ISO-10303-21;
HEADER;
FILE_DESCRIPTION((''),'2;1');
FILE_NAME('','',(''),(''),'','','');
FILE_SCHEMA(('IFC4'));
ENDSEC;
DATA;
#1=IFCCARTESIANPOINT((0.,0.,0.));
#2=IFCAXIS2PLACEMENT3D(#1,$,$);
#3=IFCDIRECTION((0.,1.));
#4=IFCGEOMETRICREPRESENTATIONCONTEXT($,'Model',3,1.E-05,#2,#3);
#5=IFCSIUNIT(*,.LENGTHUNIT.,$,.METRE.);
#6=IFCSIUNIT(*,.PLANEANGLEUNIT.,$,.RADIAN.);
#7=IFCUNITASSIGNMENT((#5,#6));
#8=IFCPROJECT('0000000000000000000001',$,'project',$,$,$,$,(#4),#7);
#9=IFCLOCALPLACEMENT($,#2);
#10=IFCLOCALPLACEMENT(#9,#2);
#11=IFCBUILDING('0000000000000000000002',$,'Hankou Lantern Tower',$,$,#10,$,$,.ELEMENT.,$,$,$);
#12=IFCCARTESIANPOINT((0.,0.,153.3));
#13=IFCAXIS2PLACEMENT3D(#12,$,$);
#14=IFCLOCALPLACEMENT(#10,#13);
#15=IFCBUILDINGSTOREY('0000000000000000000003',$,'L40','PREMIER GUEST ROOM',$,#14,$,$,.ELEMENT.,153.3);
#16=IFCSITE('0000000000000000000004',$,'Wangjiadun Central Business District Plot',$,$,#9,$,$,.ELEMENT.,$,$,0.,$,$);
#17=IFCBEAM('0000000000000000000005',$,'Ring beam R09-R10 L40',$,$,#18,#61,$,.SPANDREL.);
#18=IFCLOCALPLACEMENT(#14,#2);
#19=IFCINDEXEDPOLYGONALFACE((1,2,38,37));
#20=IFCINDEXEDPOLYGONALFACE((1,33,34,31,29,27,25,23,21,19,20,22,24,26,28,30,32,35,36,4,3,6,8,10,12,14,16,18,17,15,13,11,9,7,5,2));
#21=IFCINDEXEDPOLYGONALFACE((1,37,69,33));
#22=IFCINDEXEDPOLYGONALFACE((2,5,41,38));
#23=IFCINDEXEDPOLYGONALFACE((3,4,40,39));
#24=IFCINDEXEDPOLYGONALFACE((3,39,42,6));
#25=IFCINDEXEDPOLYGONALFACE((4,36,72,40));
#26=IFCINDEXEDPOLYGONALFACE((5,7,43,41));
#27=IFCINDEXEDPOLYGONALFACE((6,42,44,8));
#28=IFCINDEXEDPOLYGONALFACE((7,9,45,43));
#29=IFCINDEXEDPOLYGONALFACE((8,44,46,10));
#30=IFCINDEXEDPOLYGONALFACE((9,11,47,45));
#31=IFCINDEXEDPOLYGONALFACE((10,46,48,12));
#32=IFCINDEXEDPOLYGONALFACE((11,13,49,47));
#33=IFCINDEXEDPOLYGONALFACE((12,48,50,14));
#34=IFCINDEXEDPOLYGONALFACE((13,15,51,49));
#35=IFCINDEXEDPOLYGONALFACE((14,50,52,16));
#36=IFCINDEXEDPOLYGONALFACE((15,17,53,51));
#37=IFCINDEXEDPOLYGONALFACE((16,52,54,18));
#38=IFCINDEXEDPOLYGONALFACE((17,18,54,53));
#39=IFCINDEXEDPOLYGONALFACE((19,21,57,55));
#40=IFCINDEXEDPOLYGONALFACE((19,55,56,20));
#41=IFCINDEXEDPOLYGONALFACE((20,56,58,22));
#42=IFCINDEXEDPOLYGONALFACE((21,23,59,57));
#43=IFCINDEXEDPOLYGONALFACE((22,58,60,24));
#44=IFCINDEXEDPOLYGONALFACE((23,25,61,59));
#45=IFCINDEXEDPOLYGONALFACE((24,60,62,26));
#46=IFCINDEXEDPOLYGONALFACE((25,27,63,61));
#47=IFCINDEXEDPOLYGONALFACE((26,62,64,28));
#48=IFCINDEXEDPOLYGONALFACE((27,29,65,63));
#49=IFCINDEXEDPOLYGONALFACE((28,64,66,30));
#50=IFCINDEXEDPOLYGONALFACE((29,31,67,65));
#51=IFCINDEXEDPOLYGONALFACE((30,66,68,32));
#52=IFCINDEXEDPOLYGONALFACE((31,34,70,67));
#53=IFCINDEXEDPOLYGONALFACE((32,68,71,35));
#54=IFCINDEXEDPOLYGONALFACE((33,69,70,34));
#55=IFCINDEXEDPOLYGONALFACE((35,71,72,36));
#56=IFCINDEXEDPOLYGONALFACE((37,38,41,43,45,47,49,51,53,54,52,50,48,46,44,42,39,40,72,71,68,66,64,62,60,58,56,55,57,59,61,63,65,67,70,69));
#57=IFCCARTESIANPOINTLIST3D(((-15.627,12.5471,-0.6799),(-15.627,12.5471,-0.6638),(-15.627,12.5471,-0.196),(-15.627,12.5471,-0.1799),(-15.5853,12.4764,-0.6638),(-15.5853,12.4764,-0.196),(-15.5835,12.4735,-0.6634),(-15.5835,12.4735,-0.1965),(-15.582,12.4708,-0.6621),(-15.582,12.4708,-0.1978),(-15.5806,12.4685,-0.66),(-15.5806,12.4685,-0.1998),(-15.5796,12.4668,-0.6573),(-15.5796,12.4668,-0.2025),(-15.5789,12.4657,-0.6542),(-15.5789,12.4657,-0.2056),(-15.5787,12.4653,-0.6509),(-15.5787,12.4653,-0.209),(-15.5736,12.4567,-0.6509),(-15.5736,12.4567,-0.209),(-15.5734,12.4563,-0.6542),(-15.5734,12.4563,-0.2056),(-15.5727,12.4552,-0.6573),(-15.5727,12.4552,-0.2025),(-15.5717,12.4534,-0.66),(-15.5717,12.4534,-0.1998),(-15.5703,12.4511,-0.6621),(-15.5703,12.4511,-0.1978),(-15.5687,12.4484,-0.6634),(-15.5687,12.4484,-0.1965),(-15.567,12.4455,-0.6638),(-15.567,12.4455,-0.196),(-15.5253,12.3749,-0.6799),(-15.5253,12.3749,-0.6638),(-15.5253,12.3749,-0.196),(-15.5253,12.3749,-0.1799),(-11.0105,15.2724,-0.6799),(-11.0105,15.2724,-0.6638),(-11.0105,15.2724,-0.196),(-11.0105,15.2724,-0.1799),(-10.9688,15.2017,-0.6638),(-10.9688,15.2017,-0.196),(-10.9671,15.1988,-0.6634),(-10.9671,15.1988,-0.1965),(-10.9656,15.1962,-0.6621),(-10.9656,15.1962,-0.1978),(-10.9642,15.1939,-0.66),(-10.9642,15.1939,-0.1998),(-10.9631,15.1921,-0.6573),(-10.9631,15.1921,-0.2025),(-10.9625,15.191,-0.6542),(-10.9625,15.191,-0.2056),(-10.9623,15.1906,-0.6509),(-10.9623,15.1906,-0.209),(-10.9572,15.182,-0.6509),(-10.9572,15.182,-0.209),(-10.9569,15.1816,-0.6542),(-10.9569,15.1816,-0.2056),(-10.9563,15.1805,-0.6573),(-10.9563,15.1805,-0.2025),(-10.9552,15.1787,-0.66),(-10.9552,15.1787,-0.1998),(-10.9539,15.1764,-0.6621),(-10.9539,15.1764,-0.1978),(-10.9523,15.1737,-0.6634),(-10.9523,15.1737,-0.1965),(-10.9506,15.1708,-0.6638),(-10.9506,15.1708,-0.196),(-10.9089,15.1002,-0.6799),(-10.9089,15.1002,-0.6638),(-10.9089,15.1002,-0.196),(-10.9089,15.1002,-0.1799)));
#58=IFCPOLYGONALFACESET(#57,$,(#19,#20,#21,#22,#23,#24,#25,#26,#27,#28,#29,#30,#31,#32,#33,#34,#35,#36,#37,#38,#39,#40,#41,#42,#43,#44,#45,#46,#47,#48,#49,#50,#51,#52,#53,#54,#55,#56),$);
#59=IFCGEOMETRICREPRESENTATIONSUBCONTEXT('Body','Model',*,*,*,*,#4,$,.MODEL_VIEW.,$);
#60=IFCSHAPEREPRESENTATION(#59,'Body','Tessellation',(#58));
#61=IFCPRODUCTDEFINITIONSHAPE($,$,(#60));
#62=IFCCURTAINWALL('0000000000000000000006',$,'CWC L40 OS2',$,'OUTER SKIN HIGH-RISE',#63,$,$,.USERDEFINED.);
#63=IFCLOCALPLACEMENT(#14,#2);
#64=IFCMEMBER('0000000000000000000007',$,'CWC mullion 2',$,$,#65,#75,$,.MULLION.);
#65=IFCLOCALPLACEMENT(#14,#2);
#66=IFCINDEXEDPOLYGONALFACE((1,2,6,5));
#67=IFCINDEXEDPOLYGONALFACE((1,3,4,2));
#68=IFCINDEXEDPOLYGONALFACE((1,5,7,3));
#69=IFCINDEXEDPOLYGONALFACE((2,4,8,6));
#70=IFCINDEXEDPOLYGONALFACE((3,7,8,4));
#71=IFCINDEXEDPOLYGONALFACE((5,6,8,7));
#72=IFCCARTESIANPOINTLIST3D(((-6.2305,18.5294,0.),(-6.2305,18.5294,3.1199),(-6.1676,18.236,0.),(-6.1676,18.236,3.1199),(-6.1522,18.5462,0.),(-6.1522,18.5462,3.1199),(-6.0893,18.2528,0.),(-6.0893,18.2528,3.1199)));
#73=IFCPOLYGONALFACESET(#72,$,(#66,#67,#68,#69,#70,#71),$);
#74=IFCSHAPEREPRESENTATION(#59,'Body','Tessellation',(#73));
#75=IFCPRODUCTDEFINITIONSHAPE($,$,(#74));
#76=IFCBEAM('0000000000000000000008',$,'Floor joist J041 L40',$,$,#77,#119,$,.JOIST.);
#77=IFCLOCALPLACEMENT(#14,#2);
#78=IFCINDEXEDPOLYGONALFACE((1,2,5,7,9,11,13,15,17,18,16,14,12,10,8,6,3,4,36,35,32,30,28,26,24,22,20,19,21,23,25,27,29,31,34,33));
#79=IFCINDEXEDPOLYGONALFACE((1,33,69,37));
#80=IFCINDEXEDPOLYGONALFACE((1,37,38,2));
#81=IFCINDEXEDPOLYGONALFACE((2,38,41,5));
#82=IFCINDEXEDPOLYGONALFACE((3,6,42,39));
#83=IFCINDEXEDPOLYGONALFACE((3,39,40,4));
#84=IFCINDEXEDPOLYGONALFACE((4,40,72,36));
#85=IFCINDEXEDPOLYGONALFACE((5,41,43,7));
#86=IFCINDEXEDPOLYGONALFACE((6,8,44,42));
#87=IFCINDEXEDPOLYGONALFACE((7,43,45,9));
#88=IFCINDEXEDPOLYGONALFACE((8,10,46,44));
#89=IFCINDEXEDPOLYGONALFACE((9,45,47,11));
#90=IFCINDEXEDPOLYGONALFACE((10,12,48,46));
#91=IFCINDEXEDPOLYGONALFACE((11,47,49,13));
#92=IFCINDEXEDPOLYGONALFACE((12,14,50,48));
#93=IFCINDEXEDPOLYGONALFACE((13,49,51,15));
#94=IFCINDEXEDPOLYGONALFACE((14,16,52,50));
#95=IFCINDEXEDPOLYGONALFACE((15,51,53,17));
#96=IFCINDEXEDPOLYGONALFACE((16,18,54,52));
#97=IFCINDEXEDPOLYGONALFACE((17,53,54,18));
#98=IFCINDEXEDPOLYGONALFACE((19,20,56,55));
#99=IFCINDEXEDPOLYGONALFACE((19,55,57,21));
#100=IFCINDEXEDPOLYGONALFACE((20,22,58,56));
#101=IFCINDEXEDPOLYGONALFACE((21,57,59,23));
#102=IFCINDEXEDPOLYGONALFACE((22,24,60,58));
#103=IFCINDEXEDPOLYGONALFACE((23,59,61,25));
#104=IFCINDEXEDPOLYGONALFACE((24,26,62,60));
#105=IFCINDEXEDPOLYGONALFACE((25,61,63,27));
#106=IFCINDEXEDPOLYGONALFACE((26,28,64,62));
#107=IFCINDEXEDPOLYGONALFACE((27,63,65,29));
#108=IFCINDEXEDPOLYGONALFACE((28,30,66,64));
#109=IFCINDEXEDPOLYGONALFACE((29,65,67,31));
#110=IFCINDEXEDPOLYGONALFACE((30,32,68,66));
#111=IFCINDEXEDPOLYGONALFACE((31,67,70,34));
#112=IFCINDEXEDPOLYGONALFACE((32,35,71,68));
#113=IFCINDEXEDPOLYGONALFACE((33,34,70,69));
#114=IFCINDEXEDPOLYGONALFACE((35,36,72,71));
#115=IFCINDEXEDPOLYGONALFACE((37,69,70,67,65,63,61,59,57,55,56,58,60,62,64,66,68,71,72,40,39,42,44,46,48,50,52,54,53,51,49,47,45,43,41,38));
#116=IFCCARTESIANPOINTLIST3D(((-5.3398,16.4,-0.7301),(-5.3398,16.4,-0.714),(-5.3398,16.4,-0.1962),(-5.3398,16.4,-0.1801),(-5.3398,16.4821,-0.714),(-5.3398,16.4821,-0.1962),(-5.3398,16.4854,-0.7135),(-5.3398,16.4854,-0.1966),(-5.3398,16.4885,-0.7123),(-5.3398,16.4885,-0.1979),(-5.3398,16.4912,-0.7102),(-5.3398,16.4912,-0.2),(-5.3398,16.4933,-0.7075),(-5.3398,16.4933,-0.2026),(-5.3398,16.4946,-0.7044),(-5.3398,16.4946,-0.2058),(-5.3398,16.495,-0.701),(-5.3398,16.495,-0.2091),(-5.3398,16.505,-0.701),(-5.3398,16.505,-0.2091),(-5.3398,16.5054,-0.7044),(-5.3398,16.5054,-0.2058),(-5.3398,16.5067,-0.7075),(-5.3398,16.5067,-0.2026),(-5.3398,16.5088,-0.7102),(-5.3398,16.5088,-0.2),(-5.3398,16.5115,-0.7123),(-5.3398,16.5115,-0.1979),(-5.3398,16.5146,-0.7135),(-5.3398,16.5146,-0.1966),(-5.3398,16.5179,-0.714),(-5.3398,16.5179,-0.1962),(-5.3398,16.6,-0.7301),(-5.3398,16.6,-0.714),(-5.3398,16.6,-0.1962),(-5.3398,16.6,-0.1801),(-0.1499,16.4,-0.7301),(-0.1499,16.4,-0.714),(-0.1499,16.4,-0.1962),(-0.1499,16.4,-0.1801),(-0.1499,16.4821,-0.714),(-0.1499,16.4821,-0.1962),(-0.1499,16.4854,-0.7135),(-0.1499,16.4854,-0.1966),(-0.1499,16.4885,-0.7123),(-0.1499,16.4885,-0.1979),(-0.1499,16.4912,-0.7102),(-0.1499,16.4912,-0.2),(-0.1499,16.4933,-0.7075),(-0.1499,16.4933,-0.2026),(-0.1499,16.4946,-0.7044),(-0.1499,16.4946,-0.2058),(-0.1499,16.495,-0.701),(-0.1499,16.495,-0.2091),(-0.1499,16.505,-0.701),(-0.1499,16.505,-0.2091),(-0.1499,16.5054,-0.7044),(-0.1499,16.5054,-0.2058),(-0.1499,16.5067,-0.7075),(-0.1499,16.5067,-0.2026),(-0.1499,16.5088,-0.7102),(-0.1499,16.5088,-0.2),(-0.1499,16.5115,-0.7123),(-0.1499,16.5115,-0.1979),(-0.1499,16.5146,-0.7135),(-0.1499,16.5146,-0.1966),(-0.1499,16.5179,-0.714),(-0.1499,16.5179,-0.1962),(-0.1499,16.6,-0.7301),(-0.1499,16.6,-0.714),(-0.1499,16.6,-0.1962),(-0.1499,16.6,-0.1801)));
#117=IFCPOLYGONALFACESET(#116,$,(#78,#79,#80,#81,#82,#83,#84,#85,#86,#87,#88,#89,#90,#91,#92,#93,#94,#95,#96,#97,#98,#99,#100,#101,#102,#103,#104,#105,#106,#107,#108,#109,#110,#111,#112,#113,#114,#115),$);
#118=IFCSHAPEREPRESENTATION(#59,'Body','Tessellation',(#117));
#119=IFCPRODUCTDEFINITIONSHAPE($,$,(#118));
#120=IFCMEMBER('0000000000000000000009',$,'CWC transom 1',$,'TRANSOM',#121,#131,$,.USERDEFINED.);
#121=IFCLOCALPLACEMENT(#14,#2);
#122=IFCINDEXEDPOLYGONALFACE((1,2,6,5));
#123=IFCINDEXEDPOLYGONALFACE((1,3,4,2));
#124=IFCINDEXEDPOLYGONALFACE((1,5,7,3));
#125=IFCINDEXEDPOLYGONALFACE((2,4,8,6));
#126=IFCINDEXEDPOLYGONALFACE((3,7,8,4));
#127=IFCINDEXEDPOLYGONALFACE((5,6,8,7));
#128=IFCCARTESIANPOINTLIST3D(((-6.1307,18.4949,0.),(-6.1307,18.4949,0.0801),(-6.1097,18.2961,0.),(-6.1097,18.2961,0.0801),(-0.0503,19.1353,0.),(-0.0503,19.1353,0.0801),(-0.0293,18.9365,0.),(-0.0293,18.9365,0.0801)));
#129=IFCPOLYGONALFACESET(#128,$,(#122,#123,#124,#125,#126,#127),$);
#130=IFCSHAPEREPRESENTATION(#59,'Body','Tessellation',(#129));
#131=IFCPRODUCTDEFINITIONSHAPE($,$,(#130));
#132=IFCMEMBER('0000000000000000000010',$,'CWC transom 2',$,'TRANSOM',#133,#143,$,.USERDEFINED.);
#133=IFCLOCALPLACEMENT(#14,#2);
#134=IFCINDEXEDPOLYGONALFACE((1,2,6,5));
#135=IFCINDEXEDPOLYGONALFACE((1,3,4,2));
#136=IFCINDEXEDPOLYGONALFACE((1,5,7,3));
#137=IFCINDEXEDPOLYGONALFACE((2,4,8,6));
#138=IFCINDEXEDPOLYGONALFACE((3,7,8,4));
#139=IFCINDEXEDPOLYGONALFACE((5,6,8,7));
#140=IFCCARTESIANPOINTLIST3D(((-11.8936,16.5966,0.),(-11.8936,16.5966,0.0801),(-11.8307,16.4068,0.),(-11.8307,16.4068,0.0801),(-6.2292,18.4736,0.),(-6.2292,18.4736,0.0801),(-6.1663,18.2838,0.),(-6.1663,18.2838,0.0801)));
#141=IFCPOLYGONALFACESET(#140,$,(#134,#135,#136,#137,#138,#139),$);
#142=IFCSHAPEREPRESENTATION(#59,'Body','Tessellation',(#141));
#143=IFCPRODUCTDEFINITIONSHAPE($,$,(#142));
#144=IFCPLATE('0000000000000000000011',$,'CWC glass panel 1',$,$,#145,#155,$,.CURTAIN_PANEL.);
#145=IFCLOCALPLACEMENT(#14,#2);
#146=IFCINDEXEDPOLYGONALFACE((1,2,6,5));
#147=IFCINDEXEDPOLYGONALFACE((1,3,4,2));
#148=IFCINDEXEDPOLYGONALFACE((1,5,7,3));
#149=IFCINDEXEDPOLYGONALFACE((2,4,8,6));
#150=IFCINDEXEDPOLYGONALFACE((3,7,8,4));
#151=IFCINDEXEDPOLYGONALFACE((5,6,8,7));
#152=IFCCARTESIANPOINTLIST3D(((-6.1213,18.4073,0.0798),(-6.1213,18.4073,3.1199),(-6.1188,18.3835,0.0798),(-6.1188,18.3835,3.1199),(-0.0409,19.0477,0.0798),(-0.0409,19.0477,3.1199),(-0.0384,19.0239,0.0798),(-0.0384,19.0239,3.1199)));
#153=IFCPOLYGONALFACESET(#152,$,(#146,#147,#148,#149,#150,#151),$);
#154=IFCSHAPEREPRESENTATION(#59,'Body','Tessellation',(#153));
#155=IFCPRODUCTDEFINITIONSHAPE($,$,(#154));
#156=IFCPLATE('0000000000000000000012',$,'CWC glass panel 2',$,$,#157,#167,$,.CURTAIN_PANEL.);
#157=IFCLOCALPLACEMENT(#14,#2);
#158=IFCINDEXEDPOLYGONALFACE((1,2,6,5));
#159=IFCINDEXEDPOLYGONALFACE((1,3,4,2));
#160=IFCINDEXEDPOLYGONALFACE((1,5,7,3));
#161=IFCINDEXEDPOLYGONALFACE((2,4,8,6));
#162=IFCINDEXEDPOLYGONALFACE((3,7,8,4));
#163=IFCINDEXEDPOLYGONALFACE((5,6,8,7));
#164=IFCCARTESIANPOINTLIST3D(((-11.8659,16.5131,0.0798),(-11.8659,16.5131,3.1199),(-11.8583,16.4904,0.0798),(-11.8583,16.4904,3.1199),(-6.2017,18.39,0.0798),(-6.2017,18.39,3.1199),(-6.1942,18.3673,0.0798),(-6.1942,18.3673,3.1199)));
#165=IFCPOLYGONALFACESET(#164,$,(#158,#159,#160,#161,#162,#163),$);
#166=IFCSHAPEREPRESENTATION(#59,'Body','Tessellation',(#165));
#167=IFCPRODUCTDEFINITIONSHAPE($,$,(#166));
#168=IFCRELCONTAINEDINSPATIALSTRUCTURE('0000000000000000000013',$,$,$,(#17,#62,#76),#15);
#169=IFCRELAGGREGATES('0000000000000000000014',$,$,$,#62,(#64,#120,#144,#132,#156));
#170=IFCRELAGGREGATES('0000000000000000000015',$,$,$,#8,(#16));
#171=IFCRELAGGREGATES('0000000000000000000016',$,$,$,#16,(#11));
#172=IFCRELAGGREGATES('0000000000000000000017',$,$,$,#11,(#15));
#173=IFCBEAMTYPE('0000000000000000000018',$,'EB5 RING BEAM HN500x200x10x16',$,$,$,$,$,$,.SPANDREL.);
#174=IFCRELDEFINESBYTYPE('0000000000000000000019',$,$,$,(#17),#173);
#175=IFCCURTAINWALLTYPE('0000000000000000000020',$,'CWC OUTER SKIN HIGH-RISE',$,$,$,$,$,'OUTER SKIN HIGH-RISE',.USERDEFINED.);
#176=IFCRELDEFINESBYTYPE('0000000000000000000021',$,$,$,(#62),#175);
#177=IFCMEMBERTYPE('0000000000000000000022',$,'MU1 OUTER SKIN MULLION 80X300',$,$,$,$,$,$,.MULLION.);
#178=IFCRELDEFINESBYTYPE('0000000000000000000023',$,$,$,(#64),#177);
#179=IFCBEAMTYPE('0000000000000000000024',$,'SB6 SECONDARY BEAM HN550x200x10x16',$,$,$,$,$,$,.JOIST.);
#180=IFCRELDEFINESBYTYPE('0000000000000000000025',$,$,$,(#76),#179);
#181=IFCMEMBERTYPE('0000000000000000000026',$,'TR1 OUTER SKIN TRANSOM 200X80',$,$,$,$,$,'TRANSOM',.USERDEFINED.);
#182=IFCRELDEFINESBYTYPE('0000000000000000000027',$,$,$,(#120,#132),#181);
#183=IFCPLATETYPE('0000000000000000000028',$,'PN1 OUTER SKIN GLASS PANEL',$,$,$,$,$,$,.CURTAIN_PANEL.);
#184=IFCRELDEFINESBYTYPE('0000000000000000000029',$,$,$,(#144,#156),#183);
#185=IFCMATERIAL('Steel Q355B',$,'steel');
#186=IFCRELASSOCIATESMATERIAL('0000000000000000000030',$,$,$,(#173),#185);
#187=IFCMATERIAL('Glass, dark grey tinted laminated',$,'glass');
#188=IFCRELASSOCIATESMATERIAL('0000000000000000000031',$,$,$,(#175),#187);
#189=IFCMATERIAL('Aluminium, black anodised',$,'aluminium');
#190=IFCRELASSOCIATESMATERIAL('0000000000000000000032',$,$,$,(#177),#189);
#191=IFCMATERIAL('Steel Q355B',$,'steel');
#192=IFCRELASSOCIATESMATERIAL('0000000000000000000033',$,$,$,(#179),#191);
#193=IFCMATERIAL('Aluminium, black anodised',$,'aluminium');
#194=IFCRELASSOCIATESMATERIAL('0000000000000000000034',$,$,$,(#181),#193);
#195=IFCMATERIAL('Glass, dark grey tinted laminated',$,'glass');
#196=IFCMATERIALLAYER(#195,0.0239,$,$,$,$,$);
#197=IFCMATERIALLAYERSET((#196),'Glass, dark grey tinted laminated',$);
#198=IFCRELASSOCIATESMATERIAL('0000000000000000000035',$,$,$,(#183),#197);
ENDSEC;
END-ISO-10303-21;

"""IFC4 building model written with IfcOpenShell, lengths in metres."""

from ifc_helpers import new_model, si_unit, direction, frame, origin, origin_2d, place, context, subcontext, project, spatial, rectangle, i_section, extrude, material, layer, layer_set, material_profile, profile_set, type_object, element, aggregate, save


model = new_model("IFC4")

# Units and contexts
model_context = context("Model", 3, precision=1e-05, world=origin(), true_north=direction((0.0, 1.0)))
body_context = subcontext(model_context, "Body", "Model", "MODEL_VIEW")
ifc_project = project(units=[si_unit("LENGTHUNIT", "METRE"), si_unit("PLANEANGLEUNIT", "RADIAN")], contexts=[model_context])

# Site, building, storey
site_placement = place(None, origin())
site = spatial("IfcSite", under=ifc_project, at=site_placement, Name="Wangjiadun Central Business District Plot", CompositionType="ELEMENT", RefElevation=0.0)
building_placement = place(site_placement, origin())
building = spatial("IfcBuilding", under=site, at=building_placement, Name="Hankou Lantern Tower", CompositionType="ELEMENT")
storey_placement = place(building_placement, frame((0.0, 0.0, 153.3)))
storey = spatial("IfcBuildingStorey", under=building, at=storey_placement, Name="L40", Description="PREMIER GUEST ROOM", CompositionType="ELEMENT", Elevation=153.3)

# Beam
ifc_material_1 = material(Name="Steel Q355B", Category="steel")
ifc_material_profile_1 = material_profile(ifc_material_1, i_section(OverallWidth=0.2, OverallDepth=0.5, WebThickness=0.01, FlangeThickness=0.0161, FilletRadius=0.0129, at=origin_2d()), Name="HN500x200x10x16")
ifc_profile_set_1 = profile_set([ifc_material_profile_1], Name="Steel Q355B")
beam_type_1 = type_object("IfcBeamType", Name="EB5 RING BEAM HN500x200x10x16", PredefinedType="SPANDREL", material=ifc_profile_set_1)
beam_1_placement = place(storey_placement, frame((-10.9597, 15.1863, -0.4299), z_axis=(-0.861136, -0.508375, 0.0), x_axis=(0.508375, -0.861136, 0.0)))
element("IfcBeam", 1, at=beam_1_placement, inside=storey, type_object=beam_type_1, Name="Ring beam R09-R10 L40", PredefinedType="SPANDREL", context=body_context, shape_type="SweptSolid", body=[
    extrude(i_section(OverallWidth=0.2, OverallDepth=0.5, WebThickness=0.01, FlangeThickness=0.0161, FilletRadius=0.0129, at=origin_2d()), origin(), (0.0, 0.0, 1.0), 5.3608),
])

# Curtain wall, member
ifc_material_2 = material(Name="Glass, dark grey tinted laminated", Category="glass")
curtain_wall_type = type_object("IfcCurtainWallType", Name="CWC OUTER SKIN HIGH-RISE", ElementType="OUTER SKIN HIGH-RISE", PredefinedType="USERDEFINED", material=ifc_material_2)
curtain_wall_placement = place(storey_placement, origin())
curtain_wall = element("IfcCurtainWall", 2, at=curtain_wall_placement, inside=storey, type_object=curtain_wall_type, Name="CWC L40 OS2", ObjectType="OUTER SKIN HIGH-RISE", PredefinedType="USERDEFINED")
ifc_material_3 = material(Name="Aluminium, black anodised", Category="aluminium")
ifc_material_profile_2 = material_profile(ifc_material_3, rectangle(XDim=0.0801, YDim=0.3, at=origin_2d()), Name="MU1 80X300")
ifc_profile_set_2 = profile_set([ifc_material_profile_2], Name="Aluminium, black anodised")
member_type_1 = type_object("IfcMemberType", Name="MU1 OUTER SKIN MULLION 80X300", PredefinedType="MULLION", material=ifc_profile_set_2)
member_1_placement = place(storey_placement, frame((-6.1599, 18.3911, 0.0), z_axis=(0.0, 0.0, 1.0), x_axis=(-0.977788, -0.209598, 0.0)))
member_1 = element("IfcMember", 3, at=member_1_placement, type_object=member_type_1, Name="CWC mullion 2", PredefinedType="MULLION", context=body_context, shape_type="SweptSolid", body=[
    extrude(rectangle(XDim=0.0801, YDim=0.3, at=origin_2d()), origin(), (0.0, 0.0, 1.0), 3.1199),
])

# Beam
ifc_material_4 = material(Name="Steel Q355B", Category="steel")
ifc_material_profile_3 = material_profile(ifc_material_4, i_section(OverallWidth=0.2, OverallDepth=0.55, WebThickness=0.01, FlangeThickness=0.0161, FilletRadius=0.0129, at=origin_2d()), Name="HN550x200x10x16")
ifc_profile_set_3 = profile_set([ifc_material_profile_3], Name="Steel Q355B")
beam_type_2 = type_object("IfcBeamType", Name="SB6 SECONDARY BEAM HN550x200x10x16", PredefinedType="JOIST", material=ifc_profile_set_3)
beam_2_placement = place(storey_placement, frame((-5.3398, 16.5, -0.4551), z_axis=(1.0, 0.0, 0.0), x_axis=(0.0, 1.0, 0.0)))
element("IfcBeam", 4, at=beam_2_placement, inside=storey, type_object=beam_type_2, Name="Floor joist J041 L40", PredefinedType="JOIST", context=body_context, shape_type="SweptSolid", body=[
    extrude(i_section(OverallWidth=0.2, OverallDepth=0.55, WebThickness=0.01, FlangeThickness=0.0161, FilletRadius=0.0129, at=origin_2d()), origin(), (0.0, 0.0, 1.0), 5.1899),
])

# Members
ifc_material_5 = material(Name="Aluminium, black anodised", Category="aluminium")
ifc_material_profile_4 = material_profile(ifc_material_5, rectangle(XDim=0.2, YDim=0.0801, at=origin_2d()), Name="TR1 200X80")
ifc_profile_set_4 = profile_set([ifc_material_profile_4], Name="Aluminium, black anodised")
member_type_2 = type_object("IfcMemberType", Name="TR1 OUTER SKIN TRANSOM 200X80", ElementType="TRANSOM", PredefinedType="USERDEFINED", material=ifc_profile_set_4)
member_2_placement = place(storey_placement, frame((-0.0398, 19.0359, 0.04), z_axis=(-0.9945, -0.104741, 0.0), x_axis=(0.104741, -0.9945, 0.0)))
member_2 = element("IfcMember", 5, at=member_2_placement, type_object=member_type_2, Name="CWC transom 1", ObjectType="TRANSOM", PredefinedType="USERDEFINED", context=body_context, shape_type="SweptSolid", body=[
    extrude(rectangle(XDim=0.2, YDim=0.0801, at=origin_2d()), origin(), (0.0, 0.0, 1.0), 6.114),
])
member_3_placement = place(storey_placement, frame((-6.1978, 18.3787, 0.04), z_axis=(-0.949242, -0.314546, 0.0), x_axis=(0.314546, -0.949242, 0.0)))
member_3 = element("IfcMember", 6, at=member_3_placement, type_object=member_type_2, Name="CWC transom 2", ObjectType="TRANSOM", PredefinedType="USERDEFINED", context=body_context, shape_type="SweptSolid", body=[
    extrude(rectangle(XDim=0.2, YDim=0.0801, at=origin_2d()), origin(), (0.0, 0.0, 1.0), 5.9673),
])

# Plates
ifc_material_6 = material(Name="Glass, dark grey tinted laminated", Category="glass")
ifc_layer_1 = layer(ifc_material_6, 0.0239)
ifc_layer_set_1 = layer_set([ifc_layer_1], Name="Glass, dark grey tinted laminated")
plate_type = type_object("IfcPlateType", Name="PN1 OUTER SKIN GLASS PANEL", PredefinedType="CURTAIN_PANEL", material=ifc_layer_set_1)
plate_1_placement = place(storey_placement, frame((-3.0798, 18.7156, 0.0798), z_axis=(0.0, 0.0, 1.0), x_axis=(-0.994499, -0.104743, 0.0)))
plate_1 = element("IfcPlate", 7, at=plate_1_placement, type_object=plate_type, Name="CWC glass panel 1", PredefinedType="CURTAIN_PANEL", context=body_context, shape_type="SweptSolid", body=[
    extrude(rectangle(XDim=6.114, YDim=0.0239, at=origin_2d()), origin(), (0.0, 0.0, 1.0), 3.04),
])
plate_2_placement = place(storey_placement, frame((-9.03, 17.4402, 0.0798), z_axis=(0.0, 0.0, 1.0), x_axis=(-0.949241, -0.314551, 0.0)))
plate_2 = element("IfcPlate", 8, at=plate_2_placement, type_object=plate_type, Name="CWC glass panel 2", PredefinedType="CURTAIN_PANEL", context=body_context, shape_type="SweptSolid", body=[
    extrude(rectangle(XDim=5.967, YDim=0.0239, at=origin_2d()), origin(), (0.0, 0.0, 1.0), 3.04),
])
aggregate(curtain_wall, [member_1, member_2, plate_1, member_3, plate_2])

save(model, "model.ifc")
